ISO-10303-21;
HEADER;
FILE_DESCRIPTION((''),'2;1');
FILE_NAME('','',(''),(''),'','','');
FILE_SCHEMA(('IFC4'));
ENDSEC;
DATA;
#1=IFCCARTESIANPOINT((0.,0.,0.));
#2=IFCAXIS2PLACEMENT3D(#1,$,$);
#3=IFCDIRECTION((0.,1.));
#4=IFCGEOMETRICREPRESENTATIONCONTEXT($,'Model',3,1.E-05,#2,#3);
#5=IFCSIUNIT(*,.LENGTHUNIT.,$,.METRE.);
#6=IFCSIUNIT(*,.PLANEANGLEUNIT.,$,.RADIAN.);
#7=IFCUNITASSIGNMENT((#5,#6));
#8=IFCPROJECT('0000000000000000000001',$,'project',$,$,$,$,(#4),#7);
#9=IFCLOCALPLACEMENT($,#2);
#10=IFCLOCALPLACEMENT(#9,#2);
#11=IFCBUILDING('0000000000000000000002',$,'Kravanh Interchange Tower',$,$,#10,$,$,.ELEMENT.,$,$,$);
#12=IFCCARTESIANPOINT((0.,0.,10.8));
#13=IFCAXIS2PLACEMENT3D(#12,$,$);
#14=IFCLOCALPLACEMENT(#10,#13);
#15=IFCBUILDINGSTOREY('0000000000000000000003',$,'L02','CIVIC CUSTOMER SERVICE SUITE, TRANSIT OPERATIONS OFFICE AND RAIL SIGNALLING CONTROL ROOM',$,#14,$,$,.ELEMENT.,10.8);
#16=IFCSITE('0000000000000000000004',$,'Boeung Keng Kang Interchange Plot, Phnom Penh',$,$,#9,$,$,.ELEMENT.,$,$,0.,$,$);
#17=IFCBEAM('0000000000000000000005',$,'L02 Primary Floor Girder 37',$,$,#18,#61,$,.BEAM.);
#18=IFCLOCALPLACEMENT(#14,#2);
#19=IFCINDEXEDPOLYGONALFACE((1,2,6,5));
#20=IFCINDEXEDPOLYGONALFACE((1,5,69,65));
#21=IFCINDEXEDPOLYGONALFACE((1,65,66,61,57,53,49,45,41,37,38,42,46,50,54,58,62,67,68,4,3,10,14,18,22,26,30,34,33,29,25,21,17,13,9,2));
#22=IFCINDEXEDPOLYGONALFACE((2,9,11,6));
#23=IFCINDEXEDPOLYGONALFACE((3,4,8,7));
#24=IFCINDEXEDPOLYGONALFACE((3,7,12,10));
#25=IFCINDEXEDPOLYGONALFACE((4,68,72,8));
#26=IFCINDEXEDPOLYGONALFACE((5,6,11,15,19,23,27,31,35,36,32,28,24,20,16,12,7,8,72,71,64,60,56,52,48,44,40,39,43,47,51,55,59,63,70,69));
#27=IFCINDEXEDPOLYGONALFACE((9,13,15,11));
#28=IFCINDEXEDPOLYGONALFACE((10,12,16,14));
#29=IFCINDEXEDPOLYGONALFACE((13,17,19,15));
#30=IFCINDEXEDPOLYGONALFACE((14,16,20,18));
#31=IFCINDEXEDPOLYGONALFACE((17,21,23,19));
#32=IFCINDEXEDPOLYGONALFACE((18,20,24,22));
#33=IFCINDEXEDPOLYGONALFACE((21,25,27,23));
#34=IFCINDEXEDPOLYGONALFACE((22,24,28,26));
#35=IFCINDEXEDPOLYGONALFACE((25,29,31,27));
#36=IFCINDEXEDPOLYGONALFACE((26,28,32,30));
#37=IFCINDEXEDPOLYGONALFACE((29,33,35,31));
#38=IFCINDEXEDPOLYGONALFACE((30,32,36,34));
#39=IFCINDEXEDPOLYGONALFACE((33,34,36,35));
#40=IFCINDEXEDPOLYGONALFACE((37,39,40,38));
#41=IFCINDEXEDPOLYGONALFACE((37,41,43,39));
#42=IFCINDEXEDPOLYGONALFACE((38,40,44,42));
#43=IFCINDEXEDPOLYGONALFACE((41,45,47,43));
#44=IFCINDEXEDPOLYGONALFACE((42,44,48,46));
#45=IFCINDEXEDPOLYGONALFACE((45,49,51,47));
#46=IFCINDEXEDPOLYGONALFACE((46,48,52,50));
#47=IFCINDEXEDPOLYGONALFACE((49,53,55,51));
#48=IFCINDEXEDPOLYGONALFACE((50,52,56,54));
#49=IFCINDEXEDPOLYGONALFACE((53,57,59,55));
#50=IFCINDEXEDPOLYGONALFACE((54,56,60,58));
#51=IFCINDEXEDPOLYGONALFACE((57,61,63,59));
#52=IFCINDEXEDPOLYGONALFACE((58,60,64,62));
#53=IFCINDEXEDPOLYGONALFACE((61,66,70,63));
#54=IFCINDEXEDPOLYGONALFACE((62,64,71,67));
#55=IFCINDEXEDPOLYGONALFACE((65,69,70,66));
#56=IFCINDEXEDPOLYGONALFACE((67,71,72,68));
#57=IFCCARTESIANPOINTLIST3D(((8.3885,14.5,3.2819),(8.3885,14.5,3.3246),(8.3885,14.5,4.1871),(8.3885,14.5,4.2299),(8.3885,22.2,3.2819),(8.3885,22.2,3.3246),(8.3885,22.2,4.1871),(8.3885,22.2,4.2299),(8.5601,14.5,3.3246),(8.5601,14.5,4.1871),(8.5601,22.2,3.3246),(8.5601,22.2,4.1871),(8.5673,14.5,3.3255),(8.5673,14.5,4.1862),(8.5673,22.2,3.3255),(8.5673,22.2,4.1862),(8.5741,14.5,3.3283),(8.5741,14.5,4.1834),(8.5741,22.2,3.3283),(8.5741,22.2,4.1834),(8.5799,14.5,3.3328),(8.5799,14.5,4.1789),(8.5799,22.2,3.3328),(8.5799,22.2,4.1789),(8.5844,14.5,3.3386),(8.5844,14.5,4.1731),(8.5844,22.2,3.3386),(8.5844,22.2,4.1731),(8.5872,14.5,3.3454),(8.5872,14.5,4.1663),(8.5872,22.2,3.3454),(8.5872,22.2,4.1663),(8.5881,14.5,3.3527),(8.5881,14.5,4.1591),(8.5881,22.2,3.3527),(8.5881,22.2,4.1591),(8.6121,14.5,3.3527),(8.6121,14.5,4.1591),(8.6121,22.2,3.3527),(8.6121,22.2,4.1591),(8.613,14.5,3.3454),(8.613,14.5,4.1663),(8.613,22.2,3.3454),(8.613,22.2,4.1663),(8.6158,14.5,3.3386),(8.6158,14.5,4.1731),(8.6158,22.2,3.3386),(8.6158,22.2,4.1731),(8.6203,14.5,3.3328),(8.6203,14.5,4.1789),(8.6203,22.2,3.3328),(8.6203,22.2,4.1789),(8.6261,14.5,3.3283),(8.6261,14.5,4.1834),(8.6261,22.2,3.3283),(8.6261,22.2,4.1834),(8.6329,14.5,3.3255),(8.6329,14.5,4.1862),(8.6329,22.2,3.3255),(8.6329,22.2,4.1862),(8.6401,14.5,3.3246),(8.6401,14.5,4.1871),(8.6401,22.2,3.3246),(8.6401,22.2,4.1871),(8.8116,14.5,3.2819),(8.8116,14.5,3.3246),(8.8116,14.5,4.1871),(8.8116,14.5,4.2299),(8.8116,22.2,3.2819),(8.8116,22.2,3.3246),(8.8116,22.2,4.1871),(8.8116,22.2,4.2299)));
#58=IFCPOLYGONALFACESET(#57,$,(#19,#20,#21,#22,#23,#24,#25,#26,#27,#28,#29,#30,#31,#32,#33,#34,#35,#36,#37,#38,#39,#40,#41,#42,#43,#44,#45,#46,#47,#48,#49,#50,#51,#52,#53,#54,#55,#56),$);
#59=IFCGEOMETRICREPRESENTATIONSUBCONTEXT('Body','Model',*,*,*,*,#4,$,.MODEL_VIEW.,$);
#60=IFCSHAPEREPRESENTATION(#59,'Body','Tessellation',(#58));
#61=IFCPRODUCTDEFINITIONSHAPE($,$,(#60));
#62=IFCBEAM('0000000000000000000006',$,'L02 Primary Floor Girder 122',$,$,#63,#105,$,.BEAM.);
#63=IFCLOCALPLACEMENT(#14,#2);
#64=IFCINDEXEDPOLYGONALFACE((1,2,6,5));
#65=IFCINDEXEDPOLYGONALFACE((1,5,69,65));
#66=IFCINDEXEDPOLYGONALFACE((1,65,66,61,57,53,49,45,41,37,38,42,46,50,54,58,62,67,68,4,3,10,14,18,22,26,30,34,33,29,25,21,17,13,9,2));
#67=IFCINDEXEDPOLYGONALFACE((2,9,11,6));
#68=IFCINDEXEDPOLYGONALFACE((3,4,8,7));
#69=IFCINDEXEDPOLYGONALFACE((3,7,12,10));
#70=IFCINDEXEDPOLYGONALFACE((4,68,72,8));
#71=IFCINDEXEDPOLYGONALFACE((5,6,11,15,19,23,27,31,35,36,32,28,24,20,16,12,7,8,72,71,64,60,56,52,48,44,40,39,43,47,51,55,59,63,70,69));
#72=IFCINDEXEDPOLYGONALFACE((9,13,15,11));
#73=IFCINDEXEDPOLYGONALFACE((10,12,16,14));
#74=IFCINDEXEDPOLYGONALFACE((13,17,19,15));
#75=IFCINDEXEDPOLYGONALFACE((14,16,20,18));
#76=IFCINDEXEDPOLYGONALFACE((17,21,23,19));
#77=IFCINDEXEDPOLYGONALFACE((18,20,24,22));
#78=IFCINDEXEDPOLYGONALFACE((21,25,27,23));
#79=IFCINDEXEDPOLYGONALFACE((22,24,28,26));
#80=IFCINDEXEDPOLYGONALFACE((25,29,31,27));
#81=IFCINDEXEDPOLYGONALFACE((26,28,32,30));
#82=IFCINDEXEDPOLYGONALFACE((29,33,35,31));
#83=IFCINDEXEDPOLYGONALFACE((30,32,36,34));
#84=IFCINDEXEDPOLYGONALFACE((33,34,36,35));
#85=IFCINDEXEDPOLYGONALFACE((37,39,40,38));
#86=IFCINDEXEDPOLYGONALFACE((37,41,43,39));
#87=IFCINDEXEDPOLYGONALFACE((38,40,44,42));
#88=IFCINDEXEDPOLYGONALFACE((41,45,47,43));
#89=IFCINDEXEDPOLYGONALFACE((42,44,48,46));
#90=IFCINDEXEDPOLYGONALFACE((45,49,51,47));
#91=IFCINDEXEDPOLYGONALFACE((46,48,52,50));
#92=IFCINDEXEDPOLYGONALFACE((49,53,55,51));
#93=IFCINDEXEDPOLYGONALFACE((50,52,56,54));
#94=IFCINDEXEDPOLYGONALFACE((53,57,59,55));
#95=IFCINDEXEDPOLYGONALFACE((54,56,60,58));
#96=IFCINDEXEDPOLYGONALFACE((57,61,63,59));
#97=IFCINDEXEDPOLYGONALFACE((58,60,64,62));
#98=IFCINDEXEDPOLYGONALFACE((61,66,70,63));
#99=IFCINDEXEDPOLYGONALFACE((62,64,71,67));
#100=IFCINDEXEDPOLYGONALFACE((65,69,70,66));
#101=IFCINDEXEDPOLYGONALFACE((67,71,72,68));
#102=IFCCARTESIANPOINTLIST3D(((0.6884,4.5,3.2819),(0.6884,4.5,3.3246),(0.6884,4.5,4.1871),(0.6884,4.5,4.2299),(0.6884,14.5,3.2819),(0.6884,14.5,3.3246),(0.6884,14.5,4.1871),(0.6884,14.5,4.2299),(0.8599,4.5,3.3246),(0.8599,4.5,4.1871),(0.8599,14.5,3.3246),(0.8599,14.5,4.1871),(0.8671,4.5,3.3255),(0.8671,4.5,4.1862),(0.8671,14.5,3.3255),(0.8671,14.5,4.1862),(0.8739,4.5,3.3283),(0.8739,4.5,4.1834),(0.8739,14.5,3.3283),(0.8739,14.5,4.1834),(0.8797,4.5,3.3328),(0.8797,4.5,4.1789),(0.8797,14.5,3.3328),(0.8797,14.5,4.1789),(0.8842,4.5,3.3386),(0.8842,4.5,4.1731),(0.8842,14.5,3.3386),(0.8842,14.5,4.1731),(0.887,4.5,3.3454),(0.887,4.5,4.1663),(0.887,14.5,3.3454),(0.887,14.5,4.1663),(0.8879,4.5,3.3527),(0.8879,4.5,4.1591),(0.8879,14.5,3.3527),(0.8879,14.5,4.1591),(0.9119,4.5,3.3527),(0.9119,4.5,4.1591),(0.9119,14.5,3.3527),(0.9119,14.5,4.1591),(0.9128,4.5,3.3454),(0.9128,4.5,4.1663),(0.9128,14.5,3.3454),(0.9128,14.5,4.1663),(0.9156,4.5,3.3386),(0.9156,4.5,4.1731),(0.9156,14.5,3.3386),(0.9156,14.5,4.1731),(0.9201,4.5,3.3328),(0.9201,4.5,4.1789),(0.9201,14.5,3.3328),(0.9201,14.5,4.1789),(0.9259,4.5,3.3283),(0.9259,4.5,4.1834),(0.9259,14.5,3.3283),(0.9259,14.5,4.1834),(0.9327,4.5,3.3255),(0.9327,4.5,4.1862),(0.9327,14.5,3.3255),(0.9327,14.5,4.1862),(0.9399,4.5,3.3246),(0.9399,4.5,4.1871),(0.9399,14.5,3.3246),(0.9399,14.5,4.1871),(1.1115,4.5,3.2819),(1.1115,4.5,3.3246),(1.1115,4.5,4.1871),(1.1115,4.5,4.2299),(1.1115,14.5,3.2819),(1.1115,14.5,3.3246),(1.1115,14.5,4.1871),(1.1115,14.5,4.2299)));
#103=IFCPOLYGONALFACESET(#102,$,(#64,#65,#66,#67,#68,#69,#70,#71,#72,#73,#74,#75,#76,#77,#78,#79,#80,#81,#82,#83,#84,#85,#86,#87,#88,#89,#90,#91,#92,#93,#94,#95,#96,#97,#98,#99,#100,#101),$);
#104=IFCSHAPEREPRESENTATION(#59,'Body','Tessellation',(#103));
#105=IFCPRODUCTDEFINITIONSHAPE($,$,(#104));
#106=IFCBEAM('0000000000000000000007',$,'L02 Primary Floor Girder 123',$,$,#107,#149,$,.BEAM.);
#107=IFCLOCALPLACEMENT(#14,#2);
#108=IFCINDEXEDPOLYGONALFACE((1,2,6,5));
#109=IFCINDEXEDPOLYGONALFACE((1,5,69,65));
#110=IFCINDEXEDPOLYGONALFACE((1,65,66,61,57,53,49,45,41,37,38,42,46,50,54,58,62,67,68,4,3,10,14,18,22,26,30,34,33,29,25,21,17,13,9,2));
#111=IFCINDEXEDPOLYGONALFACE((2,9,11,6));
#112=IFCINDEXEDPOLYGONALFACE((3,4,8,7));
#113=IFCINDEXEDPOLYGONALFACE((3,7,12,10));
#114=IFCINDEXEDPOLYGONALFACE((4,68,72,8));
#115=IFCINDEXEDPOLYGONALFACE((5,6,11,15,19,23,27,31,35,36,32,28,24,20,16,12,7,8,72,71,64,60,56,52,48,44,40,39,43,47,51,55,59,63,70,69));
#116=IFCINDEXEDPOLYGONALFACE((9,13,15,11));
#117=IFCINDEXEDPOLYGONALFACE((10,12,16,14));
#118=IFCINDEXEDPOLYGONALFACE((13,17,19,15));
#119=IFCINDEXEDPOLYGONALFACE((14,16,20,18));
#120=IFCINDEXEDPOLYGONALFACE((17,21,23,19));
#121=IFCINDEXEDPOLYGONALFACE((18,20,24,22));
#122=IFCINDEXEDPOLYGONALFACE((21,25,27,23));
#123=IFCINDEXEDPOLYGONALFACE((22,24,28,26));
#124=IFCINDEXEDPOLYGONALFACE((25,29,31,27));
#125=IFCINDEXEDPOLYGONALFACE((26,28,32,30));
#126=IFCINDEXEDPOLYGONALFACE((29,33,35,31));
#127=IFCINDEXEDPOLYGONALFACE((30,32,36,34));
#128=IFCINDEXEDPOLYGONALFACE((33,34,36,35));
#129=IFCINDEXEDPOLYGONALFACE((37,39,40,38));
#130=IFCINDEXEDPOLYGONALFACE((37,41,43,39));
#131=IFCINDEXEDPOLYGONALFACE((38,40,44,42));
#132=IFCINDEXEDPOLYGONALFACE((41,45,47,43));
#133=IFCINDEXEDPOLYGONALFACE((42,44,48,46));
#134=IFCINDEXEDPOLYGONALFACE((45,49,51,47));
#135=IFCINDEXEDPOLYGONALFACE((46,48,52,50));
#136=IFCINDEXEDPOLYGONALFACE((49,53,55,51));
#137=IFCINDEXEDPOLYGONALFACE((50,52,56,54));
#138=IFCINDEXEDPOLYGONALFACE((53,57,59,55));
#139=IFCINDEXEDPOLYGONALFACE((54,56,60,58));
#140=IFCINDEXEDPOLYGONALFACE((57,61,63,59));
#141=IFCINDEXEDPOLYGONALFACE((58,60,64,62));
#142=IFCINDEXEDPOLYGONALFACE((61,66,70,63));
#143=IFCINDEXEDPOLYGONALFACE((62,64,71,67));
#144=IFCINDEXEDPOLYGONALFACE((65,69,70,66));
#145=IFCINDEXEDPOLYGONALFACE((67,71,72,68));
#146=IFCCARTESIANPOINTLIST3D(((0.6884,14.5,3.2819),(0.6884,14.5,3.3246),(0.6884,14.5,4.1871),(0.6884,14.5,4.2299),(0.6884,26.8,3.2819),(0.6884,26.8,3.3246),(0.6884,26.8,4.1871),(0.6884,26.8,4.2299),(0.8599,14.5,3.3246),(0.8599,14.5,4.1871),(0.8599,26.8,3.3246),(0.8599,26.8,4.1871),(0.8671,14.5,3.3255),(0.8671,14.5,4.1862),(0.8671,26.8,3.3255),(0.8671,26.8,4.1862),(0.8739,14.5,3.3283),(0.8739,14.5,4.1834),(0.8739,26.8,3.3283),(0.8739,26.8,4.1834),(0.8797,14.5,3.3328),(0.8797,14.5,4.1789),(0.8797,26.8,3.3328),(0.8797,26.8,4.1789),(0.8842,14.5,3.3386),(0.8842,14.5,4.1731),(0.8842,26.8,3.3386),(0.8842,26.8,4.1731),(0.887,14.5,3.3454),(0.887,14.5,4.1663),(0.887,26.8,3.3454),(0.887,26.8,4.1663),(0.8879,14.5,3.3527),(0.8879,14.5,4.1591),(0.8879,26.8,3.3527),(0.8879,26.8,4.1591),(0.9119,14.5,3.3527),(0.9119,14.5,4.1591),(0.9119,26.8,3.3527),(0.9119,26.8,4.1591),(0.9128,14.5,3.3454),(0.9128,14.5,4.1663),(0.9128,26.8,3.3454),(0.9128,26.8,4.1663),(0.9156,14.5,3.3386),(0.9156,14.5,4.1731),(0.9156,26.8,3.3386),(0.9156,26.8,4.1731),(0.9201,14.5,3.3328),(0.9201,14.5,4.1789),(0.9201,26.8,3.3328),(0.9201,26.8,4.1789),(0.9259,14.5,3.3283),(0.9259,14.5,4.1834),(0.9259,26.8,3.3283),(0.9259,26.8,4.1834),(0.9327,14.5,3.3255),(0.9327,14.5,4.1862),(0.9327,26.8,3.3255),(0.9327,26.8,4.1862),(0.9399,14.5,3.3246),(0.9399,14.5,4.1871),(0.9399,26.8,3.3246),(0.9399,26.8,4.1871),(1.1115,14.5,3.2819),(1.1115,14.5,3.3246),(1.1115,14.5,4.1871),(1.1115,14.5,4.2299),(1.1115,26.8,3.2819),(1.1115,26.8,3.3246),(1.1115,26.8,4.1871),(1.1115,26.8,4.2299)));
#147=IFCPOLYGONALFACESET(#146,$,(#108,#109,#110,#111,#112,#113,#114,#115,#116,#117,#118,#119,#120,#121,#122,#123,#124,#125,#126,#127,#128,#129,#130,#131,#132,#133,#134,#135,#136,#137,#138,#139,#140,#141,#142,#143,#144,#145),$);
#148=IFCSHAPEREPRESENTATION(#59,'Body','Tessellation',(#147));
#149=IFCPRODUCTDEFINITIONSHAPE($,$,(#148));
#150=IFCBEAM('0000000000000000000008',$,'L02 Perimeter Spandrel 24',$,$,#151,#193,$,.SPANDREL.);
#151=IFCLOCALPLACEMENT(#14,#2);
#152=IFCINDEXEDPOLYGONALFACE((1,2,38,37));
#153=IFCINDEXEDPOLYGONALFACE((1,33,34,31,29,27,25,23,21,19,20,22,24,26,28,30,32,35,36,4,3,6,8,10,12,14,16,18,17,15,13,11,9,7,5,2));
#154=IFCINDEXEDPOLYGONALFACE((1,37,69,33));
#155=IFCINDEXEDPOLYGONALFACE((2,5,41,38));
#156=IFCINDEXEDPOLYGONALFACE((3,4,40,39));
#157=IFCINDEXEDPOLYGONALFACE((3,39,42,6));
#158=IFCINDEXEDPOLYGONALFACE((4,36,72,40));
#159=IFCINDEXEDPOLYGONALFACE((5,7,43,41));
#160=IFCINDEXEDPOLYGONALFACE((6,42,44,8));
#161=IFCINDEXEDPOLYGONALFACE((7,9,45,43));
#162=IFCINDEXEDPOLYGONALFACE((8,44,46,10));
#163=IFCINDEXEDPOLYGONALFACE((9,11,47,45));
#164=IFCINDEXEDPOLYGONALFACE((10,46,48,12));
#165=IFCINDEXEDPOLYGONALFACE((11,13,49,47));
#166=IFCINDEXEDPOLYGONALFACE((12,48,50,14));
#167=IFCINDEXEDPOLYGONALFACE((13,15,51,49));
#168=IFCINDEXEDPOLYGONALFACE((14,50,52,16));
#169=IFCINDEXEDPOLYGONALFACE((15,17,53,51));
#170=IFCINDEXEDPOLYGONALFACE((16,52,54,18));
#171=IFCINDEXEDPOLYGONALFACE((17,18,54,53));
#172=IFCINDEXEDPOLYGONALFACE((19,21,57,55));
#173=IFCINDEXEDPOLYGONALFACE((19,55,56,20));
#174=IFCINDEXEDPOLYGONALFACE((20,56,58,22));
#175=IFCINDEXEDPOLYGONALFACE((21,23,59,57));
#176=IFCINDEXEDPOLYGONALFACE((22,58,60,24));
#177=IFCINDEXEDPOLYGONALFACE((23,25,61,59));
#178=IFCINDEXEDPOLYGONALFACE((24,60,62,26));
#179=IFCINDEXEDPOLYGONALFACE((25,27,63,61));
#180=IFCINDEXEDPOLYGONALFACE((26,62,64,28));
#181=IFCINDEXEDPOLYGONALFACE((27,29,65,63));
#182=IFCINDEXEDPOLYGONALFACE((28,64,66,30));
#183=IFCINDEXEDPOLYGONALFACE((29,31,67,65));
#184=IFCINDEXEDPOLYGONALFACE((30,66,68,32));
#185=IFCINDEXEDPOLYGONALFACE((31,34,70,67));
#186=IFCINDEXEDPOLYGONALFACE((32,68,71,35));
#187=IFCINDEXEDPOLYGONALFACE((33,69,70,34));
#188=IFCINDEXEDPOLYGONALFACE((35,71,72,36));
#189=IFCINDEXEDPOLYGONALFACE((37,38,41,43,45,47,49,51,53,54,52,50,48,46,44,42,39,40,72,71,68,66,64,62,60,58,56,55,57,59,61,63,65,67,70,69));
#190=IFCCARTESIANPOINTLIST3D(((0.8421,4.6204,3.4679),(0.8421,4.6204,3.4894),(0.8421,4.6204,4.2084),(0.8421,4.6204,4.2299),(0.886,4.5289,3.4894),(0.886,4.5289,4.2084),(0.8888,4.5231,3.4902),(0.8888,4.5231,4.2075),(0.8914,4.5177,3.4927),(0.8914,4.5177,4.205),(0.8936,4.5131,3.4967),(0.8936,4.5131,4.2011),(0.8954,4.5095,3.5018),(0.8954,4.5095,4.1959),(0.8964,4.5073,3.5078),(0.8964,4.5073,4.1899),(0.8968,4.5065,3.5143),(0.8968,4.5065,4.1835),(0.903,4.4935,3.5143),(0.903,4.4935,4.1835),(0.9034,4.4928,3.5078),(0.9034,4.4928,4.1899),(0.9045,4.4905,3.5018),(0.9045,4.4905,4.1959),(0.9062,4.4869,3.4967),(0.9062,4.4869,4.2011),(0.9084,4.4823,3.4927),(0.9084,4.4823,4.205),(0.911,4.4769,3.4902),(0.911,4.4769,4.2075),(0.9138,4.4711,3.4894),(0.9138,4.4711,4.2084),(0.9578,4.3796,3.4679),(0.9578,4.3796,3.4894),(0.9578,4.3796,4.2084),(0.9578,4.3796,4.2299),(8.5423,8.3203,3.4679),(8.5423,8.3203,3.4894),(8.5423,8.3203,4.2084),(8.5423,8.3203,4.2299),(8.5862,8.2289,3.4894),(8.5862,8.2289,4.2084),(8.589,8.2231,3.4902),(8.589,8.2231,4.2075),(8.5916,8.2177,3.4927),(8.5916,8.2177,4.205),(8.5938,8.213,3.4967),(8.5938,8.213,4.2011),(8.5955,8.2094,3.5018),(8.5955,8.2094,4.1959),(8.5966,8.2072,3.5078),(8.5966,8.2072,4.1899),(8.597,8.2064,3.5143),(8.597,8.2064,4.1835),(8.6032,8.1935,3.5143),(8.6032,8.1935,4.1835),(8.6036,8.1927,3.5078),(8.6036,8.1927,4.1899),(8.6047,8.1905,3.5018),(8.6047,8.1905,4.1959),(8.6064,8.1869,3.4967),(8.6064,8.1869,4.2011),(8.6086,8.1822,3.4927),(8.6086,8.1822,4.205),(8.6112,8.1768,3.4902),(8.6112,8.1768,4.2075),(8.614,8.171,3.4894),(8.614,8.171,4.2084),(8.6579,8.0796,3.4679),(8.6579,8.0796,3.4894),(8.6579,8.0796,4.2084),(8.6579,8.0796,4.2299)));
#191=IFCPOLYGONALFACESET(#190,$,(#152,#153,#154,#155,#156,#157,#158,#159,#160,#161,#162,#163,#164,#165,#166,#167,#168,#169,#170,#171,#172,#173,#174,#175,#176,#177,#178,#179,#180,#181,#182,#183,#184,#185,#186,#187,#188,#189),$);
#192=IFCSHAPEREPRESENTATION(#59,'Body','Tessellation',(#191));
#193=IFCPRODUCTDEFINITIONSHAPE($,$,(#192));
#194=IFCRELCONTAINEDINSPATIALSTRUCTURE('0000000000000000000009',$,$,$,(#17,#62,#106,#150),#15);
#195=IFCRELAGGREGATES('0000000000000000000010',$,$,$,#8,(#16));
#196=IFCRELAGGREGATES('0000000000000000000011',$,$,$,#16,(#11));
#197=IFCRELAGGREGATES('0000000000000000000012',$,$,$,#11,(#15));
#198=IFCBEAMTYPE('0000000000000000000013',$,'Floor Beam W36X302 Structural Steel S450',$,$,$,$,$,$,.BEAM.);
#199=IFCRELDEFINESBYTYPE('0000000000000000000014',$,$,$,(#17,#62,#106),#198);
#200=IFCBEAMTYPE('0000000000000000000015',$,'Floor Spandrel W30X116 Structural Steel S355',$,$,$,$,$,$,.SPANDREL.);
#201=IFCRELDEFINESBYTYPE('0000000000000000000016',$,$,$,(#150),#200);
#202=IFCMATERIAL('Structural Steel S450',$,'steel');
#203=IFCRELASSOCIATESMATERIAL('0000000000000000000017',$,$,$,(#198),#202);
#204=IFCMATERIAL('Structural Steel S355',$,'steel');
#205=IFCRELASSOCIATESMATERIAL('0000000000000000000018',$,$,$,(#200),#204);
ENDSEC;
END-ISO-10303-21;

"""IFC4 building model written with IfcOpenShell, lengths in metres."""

from ifc_helpers import new_model, si_unit, direction, frame, origin, origin_2d, place, context, subcontext, project, spatial, i_section, extrude, material, material_profile, profile_set, type_object, element, save


model = new_model("IFC4")

# Units and contexts
model_context = context("Model", 3, precision=1e-05, world=origin(), true_north=direction((0.0, 1.0)))
body_context = subcontext(model_context, "Body", "Model", "MODEL_VIEW")
ifc_project = project(units=[si_unit("LENGTHUNIT", "METRE"), si_unit("PLANEANGLEUNIT", "RADIAN")], contexts=[model_context])

# Site, building, storey
site_placement = place(None, origin())
site = spatial("IfcSite", under=ifc_project, at=site_placement, Name="Boeung Keng Kang Interchange Plot, Phnom Penh", CompositionType="ELEMENT", RefElevation=0.0)
building_placement = place(site_placement, origin())
building = spatial("IfcBuilding", under=site, at=building_placement, Name="Kravanh Interchange Tower", CompositionType="ELEMENT")
storey_placement = place(building_placement, frame((0.0, 0.0, 10.8)))
storey = spatial("IfcBuildingStorey", under=building, at=storey_placement, Name="L02", Description="CIVIC CUSTOMER SERVICE SUITE, TRANSIT OPERATIONS OFFICE AND RAIL SIGNALLING CONTROL ROOM", CompositionType="ELEMENT", Elevation=10.8)

# Beams
ifc_material_1 = material(Name="Structural Steel S450", Category="steel")
ifc_material_profile_1 = material_profile(ifc_material_1, i_section(OverallWidth=0.4231, OverallDepth=0.948, WebThickness=0.0239, FlangeThickness=0.0427, FilletRadius=0.0281, at=origin_2d()), Name="W36X302")
ifc_profile_set_1 = profile_set([ifc_material_profile_1], Name="Structural Steel S450")
beam_type_1 = type_object("IfcBeamType", Name="Floor Beam W36X302 Structural Steel S450", PredefinedType="BEAM", material=ifc_profile_set_1)
beam_1_placement = place(storey_placement, frame((8.6001, 14.5, 3.7559), z_axis=(0.0, 1.0, 0.0), x_axis=(-1.0, 0.0, 0.0)))
element("IfcBeam", 1, at=beam_1_placement, inside=storey, type_object=beam_type_1, Name="L02 Primary Floor Girder 37", PredefinedType="BEAM", context=body_context, shape_type="SweptSolid", body=[
    extrude(i_section(OverallWidth=0.4231, OverallDepth=0.948, WebThickness=0.0239, FlangeThickness=0.0427, FilletRadius=0.0281, at=origin_2d()), origin(), (0.0, 0.0, 1.0), 7.7),
])
beam_2_placement = place(storey_placement, frame((0.8999, 4.5, 3.7559), z_axis=(0.0, 1.0, 0.0), x_axis=(-1.0, 0.0, 0.0)))
element("IfcBeam", 2, at=beam_2_placement, inside=storey, type_object=beam_type_1, Name="L02 Primary Floor Girder 122", PredefinedType="BEAM", context=body_context, shape_type="SweptSolid", body=[
    extrude(i_section(OverallWidth=0.4231, OverallDepth=0.948, WebThickness=0.0239, FlangeThickness=0.0427, FilletRadius=0.0281, at=origin_2d()), origin(), (0.0, 0.0, 1.0), 10.0),
])
beam_3_placement = place(storey_placement, frame((0.8999, 14.5, 3.7559), z_axis=(0.0, 1.0, 0.0), x_axis=(-1.0, 0.0, 0.0)))
element("IfcBeam", 3, at=beam_3_placement, inside=storey, type_object=beam_type_1, Name="L02 Primary Floor Girder 123", PredefinedType="BEAM", context=body_context, shape_type="SweptSolid", body=[
    extrude(i_section(OverallWidth=0.4231, OverallDepth=0.948, WebThickness=0.0239, FlangeThickness=0.0427, FilletRadius=0.0281, at=origin_2d()), origin(), (0.0, 0.0, 1.0), 12.3),
])
ifc_material_2 = material(Name="Structural Steel S355", Category="steel")
ifc_material_profile_2 = material_profile(ifc_material_2, i_section(OverallWidth=0.2671, OverallDepth=0.762, WebThickness=0.0144, FlangeThickness=0.0215, FilletRadius=0.0249, at=origin_2d()), Name="W30X116")
ifc_profile_set_2 = profile_set([ifc_material_profile_2], Name="Structural Steel S355")
beam_type_2 = type_object("IfcBeamType", Name="Floor Spandrel W30X116 Structural Steel S355", PredefinedType="SPANDREL", material=ifc_profile_set_2)
beam_4_placement = place(storey_placement, frame((8.6001, 8.2, 3.8489), z_axis=(-0.901347, -0.433098, 0.0), x_axis=(0.433098, -0.901347, 0.0)))
element("IfcBeam", 4, at=beam_4_placement, inside=storey, type_object=beam_type_2, Name="L02 Perimeter Spandrel 24", PredefinedType="SPANDREL", context=body_context, shape_type="SweptSolid", body=[
    extrude(i_section(OverallWidth=0.2671, OverallDepth=0.762, WebThickness=0.0144, FlangeThickness=0.0215, FilletRadius=0.0249, at=origin_2d()), origin(), (0.0, 0.0, 1.0), 8.543),
])

save(model, "model.ifc")
